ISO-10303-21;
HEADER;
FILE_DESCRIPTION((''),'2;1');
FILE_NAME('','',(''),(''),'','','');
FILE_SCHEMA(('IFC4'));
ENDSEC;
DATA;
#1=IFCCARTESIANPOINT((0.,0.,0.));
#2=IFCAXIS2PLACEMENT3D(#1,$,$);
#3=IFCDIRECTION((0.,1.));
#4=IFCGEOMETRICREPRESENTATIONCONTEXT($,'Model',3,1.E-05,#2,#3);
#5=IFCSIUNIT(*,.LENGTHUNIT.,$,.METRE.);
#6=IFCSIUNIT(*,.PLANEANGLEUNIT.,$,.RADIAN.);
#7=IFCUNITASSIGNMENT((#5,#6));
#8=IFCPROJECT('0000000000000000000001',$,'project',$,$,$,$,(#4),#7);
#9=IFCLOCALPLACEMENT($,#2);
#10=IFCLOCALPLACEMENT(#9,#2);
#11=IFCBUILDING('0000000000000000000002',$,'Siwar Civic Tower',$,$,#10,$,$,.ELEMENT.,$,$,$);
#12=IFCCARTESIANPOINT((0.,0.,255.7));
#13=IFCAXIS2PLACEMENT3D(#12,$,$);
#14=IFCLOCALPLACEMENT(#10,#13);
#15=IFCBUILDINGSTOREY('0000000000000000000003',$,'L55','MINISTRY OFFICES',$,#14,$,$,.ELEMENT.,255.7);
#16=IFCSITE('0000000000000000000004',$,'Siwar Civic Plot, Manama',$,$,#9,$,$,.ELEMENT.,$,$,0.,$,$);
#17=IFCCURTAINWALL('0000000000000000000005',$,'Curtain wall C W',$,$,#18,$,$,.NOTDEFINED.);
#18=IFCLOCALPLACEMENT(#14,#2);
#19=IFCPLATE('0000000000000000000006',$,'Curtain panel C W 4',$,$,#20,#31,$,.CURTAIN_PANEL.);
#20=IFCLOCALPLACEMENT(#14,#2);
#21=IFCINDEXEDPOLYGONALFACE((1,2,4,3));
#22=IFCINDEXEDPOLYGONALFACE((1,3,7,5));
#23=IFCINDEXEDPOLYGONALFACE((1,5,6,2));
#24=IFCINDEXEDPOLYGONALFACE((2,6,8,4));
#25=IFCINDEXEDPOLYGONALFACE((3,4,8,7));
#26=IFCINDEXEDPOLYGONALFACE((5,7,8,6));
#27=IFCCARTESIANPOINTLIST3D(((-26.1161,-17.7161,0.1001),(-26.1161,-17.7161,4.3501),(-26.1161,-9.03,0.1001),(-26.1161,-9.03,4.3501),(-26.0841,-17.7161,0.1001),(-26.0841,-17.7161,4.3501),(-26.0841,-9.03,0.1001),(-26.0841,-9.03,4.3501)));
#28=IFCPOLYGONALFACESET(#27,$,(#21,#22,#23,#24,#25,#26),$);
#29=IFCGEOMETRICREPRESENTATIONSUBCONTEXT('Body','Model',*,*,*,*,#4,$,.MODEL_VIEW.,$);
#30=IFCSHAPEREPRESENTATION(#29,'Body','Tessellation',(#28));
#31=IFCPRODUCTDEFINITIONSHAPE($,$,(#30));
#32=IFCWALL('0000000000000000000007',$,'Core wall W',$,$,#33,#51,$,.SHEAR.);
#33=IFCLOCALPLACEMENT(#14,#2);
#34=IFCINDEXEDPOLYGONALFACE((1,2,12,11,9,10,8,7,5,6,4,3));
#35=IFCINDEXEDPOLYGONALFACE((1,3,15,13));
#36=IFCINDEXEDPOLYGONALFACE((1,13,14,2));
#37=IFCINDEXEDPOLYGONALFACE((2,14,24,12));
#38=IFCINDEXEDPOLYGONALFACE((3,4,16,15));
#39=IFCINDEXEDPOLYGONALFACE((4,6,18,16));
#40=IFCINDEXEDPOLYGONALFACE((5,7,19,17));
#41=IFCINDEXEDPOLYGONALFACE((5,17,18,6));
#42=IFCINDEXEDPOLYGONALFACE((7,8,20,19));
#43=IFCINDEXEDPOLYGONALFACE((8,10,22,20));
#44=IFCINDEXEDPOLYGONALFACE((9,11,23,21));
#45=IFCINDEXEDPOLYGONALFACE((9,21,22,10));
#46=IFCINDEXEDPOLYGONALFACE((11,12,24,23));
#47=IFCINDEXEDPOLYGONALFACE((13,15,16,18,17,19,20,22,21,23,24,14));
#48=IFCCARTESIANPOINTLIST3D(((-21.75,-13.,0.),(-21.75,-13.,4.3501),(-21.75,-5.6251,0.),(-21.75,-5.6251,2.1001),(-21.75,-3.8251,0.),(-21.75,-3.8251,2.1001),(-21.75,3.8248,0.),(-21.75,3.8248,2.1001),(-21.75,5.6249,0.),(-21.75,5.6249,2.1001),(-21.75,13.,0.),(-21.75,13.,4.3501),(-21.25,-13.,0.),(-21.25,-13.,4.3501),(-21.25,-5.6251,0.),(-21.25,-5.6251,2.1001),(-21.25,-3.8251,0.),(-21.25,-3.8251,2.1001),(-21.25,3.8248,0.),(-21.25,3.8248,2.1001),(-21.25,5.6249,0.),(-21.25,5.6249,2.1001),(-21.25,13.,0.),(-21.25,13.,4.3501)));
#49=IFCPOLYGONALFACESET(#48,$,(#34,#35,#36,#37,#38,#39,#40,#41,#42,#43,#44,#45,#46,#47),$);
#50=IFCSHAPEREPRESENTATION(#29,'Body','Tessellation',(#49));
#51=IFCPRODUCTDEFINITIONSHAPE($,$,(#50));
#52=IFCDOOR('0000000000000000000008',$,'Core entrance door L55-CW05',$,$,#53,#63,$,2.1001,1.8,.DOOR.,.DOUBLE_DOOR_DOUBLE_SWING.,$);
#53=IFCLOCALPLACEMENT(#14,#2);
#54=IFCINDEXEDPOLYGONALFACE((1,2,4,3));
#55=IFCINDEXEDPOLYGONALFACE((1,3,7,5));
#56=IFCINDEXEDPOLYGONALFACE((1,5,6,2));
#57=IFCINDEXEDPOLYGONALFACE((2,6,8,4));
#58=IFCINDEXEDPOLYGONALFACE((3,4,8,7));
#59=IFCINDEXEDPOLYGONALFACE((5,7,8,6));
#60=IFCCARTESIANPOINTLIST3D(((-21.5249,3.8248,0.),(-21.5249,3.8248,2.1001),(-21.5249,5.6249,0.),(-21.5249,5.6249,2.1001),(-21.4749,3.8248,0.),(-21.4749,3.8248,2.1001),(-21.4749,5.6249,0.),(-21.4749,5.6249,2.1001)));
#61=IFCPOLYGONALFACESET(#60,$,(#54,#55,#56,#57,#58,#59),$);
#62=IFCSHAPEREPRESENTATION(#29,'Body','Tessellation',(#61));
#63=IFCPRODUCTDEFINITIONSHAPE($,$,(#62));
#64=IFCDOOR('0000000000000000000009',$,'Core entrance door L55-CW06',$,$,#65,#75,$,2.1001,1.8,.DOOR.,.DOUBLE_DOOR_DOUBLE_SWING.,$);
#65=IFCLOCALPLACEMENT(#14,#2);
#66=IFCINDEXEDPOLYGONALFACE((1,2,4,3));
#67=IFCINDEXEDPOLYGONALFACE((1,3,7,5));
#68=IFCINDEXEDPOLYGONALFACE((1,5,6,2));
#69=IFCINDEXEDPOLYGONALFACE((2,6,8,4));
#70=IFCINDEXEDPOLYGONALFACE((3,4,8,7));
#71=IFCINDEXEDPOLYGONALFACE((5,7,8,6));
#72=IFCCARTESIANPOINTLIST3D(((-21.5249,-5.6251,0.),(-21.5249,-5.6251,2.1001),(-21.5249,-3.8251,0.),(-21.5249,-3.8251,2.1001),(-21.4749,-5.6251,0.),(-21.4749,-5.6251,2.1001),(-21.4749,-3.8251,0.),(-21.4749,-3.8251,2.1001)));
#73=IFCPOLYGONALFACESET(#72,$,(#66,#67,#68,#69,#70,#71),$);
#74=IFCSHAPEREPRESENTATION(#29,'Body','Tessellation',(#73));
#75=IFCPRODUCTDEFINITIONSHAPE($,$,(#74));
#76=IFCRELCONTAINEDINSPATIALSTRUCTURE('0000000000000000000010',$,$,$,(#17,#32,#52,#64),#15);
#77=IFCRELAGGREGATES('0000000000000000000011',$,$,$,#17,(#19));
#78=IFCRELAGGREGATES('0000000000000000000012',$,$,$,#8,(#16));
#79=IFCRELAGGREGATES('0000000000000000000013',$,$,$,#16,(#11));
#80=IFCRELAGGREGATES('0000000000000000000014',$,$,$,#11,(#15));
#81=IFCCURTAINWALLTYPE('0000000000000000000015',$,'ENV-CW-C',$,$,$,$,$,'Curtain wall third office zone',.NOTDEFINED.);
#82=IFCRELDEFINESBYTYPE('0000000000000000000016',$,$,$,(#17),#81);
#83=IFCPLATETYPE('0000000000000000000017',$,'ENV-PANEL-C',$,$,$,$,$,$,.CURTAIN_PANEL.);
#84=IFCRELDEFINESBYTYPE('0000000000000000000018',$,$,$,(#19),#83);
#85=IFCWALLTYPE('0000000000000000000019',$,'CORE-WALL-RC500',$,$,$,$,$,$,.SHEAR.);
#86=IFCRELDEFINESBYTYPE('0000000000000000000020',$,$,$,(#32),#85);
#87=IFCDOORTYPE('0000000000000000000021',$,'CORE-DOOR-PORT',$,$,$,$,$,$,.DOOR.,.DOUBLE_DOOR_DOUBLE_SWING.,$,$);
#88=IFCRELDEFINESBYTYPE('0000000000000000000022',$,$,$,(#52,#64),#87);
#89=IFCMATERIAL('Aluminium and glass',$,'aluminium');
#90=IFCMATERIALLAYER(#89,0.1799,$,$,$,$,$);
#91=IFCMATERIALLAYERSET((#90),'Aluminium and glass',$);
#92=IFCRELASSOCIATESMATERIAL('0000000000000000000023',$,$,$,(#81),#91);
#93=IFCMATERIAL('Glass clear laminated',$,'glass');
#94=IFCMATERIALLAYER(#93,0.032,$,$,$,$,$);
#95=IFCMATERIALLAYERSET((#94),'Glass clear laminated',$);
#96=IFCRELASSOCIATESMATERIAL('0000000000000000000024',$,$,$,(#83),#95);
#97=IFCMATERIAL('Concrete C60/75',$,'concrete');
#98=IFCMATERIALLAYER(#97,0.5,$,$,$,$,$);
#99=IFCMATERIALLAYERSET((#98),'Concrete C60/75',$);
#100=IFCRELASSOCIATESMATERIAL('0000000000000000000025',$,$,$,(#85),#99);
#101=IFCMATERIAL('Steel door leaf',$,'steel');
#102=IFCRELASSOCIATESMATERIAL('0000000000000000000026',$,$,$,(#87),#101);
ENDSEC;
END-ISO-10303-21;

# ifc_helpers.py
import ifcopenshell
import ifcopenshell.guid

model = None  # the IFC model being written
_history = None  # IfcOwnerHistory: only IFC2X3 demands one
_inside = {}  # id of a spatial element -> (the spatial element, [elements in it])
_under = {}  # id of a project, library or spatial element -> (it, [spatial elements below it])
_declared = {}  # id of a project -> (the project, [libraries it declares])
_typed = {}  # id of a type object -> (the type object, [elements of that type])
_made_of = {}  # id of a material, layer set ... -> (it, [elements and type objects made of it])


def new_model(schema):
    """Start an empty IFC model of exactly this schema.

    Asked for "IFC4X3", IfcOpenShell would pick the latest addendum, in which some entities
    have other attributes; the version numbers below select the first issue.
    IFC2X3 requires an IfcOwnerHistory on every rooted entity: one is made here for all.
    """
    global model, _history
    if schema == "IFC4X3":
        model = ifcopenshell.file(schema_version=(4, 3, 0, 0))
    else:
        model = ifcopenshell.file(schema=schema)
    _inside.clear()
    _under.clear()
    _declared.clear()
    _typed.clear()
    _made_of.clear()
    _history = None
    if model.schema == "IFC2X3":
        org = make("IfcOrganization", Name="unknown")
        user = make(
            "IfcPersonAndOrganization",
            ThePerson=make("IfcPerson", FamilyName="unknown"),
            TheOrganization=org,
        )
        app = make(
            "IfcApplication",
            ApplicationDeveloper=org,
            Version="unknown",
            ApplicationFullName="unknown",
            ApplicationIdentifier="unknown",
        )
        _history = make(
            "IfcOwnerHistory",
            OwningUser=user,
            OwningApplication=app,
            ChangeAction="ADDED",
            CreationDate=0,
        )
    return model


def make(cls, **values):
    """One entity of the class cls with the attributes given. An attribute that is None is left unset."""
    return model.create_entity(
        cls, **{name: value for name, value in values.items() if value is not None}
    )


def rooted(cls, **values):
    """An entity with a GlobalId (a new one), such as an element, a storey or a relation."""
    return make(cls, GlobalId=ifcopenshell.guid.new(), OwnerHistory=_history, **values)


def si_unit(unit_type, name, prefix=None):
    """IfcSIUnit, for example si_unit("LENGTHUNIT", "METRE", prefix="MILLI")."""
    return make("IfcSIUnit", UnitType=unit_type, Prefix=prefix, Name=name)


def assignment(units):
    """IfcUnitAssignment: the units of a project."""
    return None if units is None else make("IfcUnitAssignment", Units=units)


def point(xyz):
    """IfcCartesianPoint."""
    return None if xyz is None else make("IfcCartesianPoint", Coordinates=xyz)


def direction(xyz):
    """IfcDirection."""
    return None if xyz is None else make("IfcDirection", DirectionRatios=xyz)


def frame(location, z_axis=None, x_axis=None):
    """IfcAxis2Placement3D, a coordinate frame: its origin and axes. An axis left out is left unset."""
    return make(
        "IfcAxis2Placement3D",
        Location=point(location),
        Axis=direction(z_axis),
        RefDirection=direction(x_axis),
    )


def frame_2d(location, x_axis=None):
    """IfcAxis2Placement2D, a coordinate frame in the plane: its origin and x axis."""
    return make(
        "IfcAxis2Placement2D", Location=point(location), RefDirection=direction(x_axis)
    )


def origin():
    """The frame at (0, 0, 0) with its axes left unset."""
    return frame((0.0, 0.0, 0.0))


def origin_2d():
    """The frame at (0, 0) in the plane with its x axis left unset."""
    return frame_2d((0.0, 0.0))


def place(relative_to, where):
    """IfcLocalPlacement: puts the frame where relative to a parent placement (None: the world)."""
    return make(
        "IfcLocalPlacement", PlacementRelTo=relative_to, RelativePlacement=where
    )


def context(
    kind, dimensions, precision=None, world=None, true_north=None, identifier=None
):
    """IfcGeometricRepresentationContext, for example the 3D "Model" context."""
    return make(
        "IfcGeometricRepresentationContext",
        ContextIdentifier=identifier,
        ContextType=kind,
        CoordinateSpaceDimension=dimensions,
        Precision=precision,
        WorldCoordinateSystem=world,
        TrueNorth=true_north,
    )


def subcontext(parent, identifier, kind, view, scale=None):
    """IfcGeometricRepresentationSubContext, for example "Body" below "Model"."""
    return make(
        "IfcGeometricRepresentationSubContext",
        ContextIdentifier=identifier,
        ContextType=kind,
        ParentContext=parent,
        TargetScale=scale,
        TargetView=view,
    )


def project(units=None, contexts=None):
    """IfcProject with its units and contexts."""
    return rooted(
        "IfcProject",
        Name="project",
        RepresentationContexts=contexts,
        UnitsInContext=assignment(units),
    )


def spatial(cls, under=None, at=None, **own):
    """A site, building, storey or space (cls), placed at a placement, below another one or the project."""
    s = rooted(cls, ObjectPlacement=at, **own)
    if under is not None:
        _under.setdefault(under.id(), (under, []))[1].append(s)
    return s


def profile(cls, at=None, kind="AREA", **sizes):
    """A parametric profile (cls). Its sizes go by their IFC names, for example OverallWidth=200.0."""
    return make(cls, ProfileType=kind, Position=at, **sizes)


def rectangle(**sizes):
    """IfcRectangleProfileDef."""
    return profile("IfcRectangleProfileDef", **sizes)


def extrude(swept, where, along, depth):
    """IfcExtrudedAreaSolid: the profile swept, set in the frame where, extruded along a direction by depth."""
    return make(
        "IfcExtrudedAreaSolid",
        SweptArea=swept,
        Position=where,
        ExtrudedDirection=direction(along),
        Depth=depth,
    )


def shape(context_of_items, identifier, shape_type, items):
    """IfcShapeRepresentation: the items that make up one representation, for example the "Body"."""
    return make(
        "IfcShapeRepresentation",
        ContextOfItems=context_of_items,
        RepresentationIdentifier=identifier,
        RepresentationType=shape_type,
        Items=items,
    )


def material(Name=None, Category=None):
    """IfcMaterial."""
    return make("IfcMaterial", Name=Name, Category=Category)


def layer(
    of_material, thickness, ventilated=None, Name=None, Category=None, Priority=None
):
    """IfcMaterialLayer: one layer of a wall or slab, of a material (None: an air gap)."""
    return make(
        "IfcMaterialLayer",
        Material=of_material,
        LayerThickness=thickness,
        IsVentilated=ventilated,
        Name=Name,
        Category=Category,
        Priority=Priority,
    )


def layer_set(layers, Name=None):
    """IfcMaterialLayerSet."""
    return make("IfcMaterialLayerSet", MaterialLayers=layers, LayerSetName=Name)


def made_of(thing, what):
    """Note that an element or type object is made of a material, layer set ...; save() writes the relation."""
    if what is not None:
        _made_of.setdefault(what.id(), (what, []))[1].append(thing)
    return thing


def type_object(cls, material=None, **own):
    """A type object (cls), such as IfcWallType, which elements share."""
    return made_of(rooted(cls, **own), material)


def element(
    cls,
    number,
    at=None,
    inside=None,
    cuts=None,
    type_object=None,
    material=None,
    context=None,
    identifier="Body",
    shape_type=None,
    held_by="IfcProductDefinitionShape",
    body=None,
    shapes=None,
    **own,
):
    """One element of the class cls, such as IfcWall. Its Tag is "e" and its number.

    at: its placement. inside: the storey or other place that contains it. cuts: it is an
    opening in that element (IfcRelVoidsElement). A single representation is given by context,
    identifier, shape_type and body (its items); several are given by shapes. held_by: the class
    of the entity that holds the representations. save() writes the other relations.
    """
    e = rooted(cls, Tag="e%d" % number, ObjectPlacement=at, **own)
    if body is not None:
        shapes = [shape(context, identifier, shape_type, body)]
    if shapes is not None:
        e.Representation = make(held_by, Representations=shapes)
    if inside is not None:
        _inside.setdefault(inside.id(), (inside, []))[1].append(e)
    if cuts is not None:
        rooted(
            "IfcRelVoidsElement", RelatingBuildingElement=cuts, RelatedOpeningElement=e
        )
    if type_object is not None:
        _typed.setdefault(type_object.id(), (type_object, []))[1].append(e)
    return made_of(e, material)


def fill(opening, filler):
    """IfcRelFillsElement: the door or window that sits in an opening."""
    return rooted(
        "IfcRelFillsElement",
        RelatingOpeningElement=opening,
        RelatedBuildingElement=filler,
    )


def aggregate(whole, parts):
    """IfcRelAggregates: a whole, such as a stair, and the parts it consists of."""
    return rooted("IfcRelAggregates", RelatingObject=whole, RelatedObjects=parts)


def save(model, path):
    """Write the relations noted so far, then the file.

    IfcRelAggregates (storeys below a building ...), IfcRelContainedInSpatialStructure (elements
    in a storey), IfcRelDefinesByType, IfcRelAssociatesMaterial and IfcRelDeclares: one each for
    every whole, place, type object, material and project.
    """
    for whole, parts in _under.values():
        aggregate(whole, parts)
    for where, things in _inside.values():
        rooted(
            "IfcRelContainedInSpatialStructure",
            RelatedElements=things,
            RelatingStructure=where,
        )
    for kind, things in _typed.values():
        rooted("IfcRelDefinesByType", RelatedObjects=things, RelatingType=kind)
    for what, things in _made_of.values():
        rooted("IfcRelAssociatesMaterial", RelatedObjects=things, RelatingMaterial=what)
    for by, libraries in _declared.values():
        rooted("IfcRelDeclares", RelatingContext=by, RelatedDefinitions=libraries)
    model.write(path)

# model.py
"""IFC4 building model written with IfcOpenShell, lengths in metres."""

from ifc_helpers import new_model, si_unit, direction, frame, frame_2d, origin, origin_2d, place, context, subcontext, project, spatial, rectangle, extrude, material, layer, layer_set, type_object, element, fill, aggregate, save


model = new_model("IFC4")

# Units and contexts
model_context = context("Model", 3, precision=1e-05, world=origin(), true_north=direction((0.0, 1.0)))
body_context = subcontext(model_context, "Body", "Model", "MODEL_VIEW")
ifc_project = project(units=[si_unit("LENGTHUNIT", "METRE"), si_unit("PLANEANGLEUNIT", "RADIAN")], contexts=[model_context])

# Site, building, storey
site_placement = place(None, origin())
site = spatial("IfcSite", under=ifc_project, at=site_placement, Name="Siwar Civic Plot, Manama", CompositionType="ELEMENT", RefElevation=0.0)
building_placement = place(site_placement, origin())
building = spatial("IfcBuilding", under=site, at=building_placement, Name="Siwar Civic Tower", CompositionType="ELEMENT")
storey_placement = place(building_placement, frame((0.0, 0.0, 255.7)))
storey = spatial("IfcBuildingStorey", under=building, at=storey_placement, Name="L55", Description="MINISTRY OFFICES", CompositionType="ELEMENT", Elevation=255.7)

# Curtain wall
ifc_material_1 = material(Name="Aluminium and glass", Category="aluminium")
ifc_layer_1 = layer(ifc_material_1, 0.1799)
ifc_layer_set_1 = layer_set([ifc_layer_1], Name="Aluminium and glass")
curtain_wall_type_1 = type_object("IfcCurtainWallType", Name="ENV-CW-C", ElementType="Curtain wall third office zone", PredefinedType="NOTDEFINED", material=ifc_layer_set_1)
curtain_wall_1_placement = place(storey_placement, origin())
curtain_wall_1 = element("IfcCurtainWall", 1, at=curtain_wall_1_placement, inside=storey, type_object=curtain_wall_type_1, Name="Curtain wall C W", PredefinedType="NOTDEFINED")

# Plate
ifc_material_2 = material(Name="Glass clear laminated", Category="glass")
ifc_layer_2 = layer(ifc_material_2, 0.032)
ifc_layer_set_2 = layer_set([ifc_layer_2], Name="Glass clear laminated")
plate_type = type_object("IfcPlateType", Name="ENV-PANEL-C", PredefinedType="CURTAIN_PANEL", material=ifc_layer_set_2)
plate_placement = place(storey_placement, frame((-26.1001, -13.373, 0.1001), z_axis=(0.0, 0.0, 1.0), x_axis=(0.0, -1.0, 0.0)))
plate = element("IfcPlate", 2, at=plate_placement, type_object=plate_type, Name="Curtain panel C W 4", PredefinedType="CURTAIN_PANEL", context=body_context, shape_type="SweptSolid", body=[
    extrude(rectangle(XDim=8.686, YDim=0.032, at=origin_2d()), origin(), (0.0, 0.0, 1.0), 4.25),
])
aggregate(curtain_wall_1, [plate])

# Wall, openings, doors
ifc_material_3 = material(Name="Concrete C60/75", Category="concrete")
ifc_layer_3 = layer(ifc_material_3, 0.5)
ifc_layer_set_3 = layer_set([ifc_layer_3], Name="Concrete C60/75")
wall_type_1 = type_object("IfcWallType", Name="CORE-WALL-RC500", PredefinedType="SHEAR", material=ifc_layer_set_3)
wall_1_placement = place(storey_placement, frame((-21.5, -13.0, 0.0), z_axis=(0.0, 0.0, 1.0), x_axis=(0.0, 1.0, 0.0)))
wall_1 = element("IfcWall", 3, at=wall_1_placement, inside=storey, type_object=wall_type_1, Name="Core wall W", PredefinedType="SHEAR", context=body_context, shape_type="SweptSolid", body=[
    extrude(rectangle(XDim=26.0, YDim=0.5, at=frame_2d((13.0, 0.0))), origin(), (0.0, 0.0, 1.0), 4.3501),
])
opening_1_placement = place(wall_1_placement, frame((16.825, 0.0, 0.0)))
opening_1 = element("IfcOpeningElement", 4, at=opening_1_placement, cuts=wall_1, PredefinedType="OPENING", context=body_context, shape_type="SweptSolid", body=[
    extrude(rectangle(XDim=1.8, YDim=2.1001, at=frame_2d((0.8999, 1.05))), frame((0.0, 0.26, 0.0), z_axis=(0.0, -1.0, 0.0), x_axis=(1.0, 0.0, 0.0)), (0.0, 0.0, 1.0), 0.52),
])
opening_2_placement = place(wall_1_placement, frame((7.375, 0.0, 0.0)))
opening_2 = element("IfcOpeningElement", 5, at=opening_2_placement, cuts=wall_1, PredefinedType="OPENING", context=body_context, shape_type="SweptSolid", body=[
    extrude(rectangle(XDim=1.8, YDim=2.1001, at=frame_2d((0.8999, 1.05))), frame((0.0, 0.26, 0.0), z_axis=(0.0, -1.0, 0.0), x_axis=(1.0, 0.0, 0.0)), (0.0, 0.0, 1.0), 0.52),
])
ifc_material_4 = material(Name="Steel door leaf", Category="steel")
door_type_1 = type_object("IfcDoorType", Name="CORE-DOOR-PORT", OperationType="DOUBLE_DOOR_DOUBLE_SWING", PredefinedType="DOOR", material=ifc_material_4)
door_1_placement = place(opening_1_placement, origin())
door_1 = element("IfcDoor", 6, at=door_1_placement, inside=storey, type_object=door_type_1, Name="Core entrance door L55-CW05", OperationType="DOUBLE_DOOR_DOUBLE_SWING", OverallHeight=2.1001, OverallWidth=1.8, PredefinedType="DOOR", context=body_context, shape_type="SweptSolid", body=[
    extrude(rectangle(XDim=1.8, YDim=2.1001, at=frame_2d((0.8999, 1.05))), frame((0.0, 0.0249, 0.0), z_axis=(0.0, -1.0, 0.0), x_axis=(1.0, 0.0, 0.0)), (0.0, 0.0, 1.0), 0.05),
])
fill(opening_1, door_1)
door_2_placement = place(opening_2_placement, origin())
door_2 = element("IfcDoor", 7, at=door_2_placement, inside=storey, type_object=door_type_1, Name="Core entrance door L55-CW06", OperationType="DOUBLE_DOOR_DOUBLE_SWING", OverallHeight=2.1001, OverallWidth=1.8, PredefinedType="DOOR", context=body_context, shape_type="SweptSolid", body=[
    extrude(rectangle(XDim=1.8, YDim=2.1001, at=frame_2d((0.8999, 1.05))), frame((0.0, 0.0249, 0.0), z_axis=(0.0, -1.0, 0.0), x_axis=(1.0, 0.0, 0.0)), (0.0, 0.0, 1.0), 0.05),
])
fill(opening_2, door_2)

save(model, "model.ifc")
